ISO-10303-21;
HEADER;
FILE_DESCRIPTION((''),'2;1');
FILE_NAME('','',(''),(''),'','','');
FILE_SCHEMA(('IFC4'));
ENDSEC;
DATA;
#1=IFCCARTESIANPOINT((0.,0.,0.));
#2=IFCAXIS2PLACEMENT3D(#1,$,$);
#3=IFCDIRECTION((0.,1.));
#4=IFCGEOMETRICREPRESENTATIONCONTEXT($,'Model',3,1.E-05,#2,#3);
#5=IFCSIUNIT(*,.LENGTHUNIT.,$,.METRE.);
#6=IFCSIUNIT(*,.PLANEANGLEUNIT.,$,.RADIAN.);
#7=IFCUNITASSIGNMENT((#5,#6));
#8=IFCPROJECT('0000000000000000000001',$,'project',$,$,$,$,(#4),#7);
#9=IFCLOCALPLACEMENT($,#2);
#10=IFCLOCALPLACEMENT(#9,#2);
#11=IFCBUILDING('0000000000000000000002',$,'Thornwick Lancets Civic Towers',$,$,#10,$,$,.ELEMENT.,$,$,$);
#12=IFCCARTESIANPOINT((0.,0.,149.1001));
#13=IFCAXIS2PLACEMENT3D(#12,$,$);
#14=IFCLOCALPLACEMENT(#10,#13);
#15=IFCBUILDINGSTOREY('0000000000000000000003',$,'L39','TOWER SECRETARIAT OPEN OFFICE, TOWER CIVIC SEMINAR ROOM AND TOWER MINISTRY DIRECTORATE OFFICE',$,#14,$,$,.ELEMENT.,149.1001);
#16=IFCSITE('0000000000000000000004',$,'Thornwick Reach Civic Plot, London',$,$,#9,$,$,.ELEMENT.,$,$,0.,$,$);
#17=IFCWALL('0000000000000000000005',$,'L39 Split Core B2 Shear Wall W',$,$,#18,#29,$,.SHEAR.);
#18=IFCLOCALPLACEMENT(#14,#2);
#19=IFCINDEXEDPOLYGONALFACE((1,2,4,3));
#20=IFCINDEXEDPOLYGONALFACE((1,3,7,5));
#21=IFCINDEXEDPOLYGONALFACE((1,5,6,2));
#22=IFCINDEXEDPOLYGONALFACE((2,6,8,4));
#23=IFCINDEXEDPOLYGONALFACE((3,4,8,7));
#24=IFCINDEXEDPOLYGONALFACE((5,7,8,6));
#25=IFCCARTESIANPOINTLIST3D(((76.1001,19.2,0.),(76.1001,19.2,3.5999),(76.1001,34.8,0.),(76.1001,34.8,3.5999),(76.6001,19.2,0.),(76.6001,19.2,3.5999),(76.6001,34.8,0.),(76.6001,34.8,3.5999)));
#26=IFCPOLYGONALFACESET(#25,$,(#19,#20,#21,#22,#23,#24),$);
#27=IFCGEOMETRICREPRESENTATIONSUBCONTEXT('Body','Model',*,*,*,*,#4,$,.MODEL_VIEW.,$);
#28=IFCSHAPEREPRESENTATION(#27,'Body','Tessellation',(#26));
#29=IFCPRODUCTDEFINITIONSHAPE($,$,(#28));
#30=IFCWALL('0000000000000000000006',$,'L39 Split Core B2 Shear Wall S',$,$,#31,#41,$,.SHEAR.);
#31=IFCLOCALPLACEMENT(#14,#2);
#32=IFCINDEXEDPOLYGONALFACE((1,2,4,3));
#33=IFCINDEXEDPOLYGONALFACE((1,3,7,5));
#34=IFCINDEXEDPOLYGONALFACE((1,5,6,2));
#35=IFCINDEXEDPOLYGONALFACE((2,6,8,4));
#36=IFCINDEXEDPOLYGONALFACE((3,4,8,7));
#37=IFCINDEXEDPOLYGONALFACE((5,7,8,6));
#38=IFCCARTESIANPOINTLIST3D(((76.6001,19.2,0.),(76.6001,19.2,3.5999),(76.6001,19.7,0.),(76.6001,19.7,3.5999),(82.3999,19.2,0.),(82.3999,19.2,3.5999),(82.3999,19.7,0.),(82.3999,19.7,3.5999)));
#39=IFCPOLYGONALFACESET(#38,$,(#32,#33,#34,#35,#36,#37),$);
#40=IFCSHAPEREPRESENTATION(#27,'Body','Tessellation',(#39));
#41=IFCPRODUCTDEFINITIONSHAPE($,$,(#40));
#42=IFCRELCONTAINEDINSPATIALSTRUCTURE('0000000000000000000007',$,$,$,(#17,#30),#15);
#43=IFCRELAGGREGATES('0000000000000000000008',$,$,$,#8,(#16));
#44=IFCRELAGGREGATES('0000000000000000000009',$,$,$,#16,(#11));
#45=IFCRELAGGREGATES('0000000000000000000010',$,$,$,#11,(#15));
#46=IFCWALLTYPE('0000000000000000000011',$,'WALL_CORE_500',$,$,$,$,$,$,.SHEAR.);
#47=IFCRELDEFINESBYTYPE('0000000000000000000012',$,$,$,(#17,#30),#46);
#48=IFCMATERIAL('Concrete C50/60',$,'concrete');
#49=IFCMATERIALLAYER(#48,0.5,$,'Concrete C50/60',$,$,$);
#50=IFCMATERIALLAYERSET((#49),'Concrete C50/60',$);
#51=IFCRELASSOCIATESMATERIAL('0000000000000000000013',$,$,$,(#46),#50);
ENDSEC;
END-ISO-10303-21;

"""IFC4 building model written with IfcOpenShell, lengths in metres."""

from ifc_helpers import new_model, si_unit, direction, frame, frame_2d, origin, place, context, subcontext, project, spatial, rectangle, extrude, material, layer, layer_set, type_object, element, save


model = new_model("IFC4")

# Units and contexts
model_context = context("Model", 3, precision=1e-05, world=origin(), true_north=direction((0.0, 1.0)))
body_context = subcontext(model_context, "Body", "Model", "MODEL_VIEW")
ifc_project = project(units=[si_unit("LENGTHUNIT", "METRE"), si_unit("PLANEANGLEUNIT", "RADIAN")], contexts=[model_context])

# Site, building, storey
site_placement = place(None, origin())
site = spatial("IfcSite", under=ifc_project, at=site_placement, Name="Thornwick Reach Civic Plot, London", CompositionType="ELEMENT", RefElevation=0.0)
building_placement = place(site_placement, origin())
building = spatial("IfcBuilding", under=site, at=building_placement, Name="Thornwick Lancets Civic Towers", CompositionType="ELEMENT")
storey_placement = place(building_placement, frame((0.0, 0.0, 149.1001)))
storey = spatial("IfcBuildingStorey", under=building, at=storey_placement, Name="L39", Description="TOWER SECRETARIAT OPEN OFFICE, TOWER CIVIC SEMINAR ROOM AND TOWER MINISTRY DIRECTORATE OFFICE", CompositionType="ELEMENT", Elevation=149.1001)

# Shared definitions
ifc_material_1 = material(Name="Concrete C50/60", Category="concrete")

# Walls
ifc_layer_1 = layer(ifc_material_1, 0.5, Name="Concrete C50/60")
ifc_layer_set_1 = layer_set([ifc_layer_1], Name="Concrete C50/60")
wall_type_1 = type_object("IfcWallType", Name="WALL_CORE_500", PredefinedType="SHEAR", material=ifc_layer_set_1)
wall_1_placement = place(storey_placement, frame((76.3501, 19.2, 0.0), z_axis=(0.0, 0.0, 1.0), x_axis=(0.0, 1.0, 0.0)))
element("IfcWall", 1, at=wall_1_placement, inside=storey, type_object=wall_type_1, Name="L39 Split Core B2 Shear Wall W", PredefinedType="SHEAR", context=body_context, shape_type="SweptSolid", body=[
    extrude(rectangle(XDim=15.6001, YDim=0.5, at=frame_2d((7.8, 0.0))), origin(), (0.0, 0.0, 1.0), 3.5999),
])
wall_2_placement = place(storey_placement, frame((76.6001, 19.45, 0.0), z_axis=(0.0, 0.0, 1.0), x_axis=(1.0, 0.0, 0.0)))
element("IfcWall", 2, at=wall_2_placement, inside=storey, type_object=wall_type_1, Name="L39 Split Core B2 Shear Wall S", PredefinedType="SHEAR", context=body_context, shape_type="SweptSolid", body=[
    extrude(rectangle(XDim=5.7998, YDim=0.5, at=frame_2d((2.8999, 0.0))), origin(), (0.0, 0.0, 1.0), 3.5999),
])

save(model, "model.ifc")
